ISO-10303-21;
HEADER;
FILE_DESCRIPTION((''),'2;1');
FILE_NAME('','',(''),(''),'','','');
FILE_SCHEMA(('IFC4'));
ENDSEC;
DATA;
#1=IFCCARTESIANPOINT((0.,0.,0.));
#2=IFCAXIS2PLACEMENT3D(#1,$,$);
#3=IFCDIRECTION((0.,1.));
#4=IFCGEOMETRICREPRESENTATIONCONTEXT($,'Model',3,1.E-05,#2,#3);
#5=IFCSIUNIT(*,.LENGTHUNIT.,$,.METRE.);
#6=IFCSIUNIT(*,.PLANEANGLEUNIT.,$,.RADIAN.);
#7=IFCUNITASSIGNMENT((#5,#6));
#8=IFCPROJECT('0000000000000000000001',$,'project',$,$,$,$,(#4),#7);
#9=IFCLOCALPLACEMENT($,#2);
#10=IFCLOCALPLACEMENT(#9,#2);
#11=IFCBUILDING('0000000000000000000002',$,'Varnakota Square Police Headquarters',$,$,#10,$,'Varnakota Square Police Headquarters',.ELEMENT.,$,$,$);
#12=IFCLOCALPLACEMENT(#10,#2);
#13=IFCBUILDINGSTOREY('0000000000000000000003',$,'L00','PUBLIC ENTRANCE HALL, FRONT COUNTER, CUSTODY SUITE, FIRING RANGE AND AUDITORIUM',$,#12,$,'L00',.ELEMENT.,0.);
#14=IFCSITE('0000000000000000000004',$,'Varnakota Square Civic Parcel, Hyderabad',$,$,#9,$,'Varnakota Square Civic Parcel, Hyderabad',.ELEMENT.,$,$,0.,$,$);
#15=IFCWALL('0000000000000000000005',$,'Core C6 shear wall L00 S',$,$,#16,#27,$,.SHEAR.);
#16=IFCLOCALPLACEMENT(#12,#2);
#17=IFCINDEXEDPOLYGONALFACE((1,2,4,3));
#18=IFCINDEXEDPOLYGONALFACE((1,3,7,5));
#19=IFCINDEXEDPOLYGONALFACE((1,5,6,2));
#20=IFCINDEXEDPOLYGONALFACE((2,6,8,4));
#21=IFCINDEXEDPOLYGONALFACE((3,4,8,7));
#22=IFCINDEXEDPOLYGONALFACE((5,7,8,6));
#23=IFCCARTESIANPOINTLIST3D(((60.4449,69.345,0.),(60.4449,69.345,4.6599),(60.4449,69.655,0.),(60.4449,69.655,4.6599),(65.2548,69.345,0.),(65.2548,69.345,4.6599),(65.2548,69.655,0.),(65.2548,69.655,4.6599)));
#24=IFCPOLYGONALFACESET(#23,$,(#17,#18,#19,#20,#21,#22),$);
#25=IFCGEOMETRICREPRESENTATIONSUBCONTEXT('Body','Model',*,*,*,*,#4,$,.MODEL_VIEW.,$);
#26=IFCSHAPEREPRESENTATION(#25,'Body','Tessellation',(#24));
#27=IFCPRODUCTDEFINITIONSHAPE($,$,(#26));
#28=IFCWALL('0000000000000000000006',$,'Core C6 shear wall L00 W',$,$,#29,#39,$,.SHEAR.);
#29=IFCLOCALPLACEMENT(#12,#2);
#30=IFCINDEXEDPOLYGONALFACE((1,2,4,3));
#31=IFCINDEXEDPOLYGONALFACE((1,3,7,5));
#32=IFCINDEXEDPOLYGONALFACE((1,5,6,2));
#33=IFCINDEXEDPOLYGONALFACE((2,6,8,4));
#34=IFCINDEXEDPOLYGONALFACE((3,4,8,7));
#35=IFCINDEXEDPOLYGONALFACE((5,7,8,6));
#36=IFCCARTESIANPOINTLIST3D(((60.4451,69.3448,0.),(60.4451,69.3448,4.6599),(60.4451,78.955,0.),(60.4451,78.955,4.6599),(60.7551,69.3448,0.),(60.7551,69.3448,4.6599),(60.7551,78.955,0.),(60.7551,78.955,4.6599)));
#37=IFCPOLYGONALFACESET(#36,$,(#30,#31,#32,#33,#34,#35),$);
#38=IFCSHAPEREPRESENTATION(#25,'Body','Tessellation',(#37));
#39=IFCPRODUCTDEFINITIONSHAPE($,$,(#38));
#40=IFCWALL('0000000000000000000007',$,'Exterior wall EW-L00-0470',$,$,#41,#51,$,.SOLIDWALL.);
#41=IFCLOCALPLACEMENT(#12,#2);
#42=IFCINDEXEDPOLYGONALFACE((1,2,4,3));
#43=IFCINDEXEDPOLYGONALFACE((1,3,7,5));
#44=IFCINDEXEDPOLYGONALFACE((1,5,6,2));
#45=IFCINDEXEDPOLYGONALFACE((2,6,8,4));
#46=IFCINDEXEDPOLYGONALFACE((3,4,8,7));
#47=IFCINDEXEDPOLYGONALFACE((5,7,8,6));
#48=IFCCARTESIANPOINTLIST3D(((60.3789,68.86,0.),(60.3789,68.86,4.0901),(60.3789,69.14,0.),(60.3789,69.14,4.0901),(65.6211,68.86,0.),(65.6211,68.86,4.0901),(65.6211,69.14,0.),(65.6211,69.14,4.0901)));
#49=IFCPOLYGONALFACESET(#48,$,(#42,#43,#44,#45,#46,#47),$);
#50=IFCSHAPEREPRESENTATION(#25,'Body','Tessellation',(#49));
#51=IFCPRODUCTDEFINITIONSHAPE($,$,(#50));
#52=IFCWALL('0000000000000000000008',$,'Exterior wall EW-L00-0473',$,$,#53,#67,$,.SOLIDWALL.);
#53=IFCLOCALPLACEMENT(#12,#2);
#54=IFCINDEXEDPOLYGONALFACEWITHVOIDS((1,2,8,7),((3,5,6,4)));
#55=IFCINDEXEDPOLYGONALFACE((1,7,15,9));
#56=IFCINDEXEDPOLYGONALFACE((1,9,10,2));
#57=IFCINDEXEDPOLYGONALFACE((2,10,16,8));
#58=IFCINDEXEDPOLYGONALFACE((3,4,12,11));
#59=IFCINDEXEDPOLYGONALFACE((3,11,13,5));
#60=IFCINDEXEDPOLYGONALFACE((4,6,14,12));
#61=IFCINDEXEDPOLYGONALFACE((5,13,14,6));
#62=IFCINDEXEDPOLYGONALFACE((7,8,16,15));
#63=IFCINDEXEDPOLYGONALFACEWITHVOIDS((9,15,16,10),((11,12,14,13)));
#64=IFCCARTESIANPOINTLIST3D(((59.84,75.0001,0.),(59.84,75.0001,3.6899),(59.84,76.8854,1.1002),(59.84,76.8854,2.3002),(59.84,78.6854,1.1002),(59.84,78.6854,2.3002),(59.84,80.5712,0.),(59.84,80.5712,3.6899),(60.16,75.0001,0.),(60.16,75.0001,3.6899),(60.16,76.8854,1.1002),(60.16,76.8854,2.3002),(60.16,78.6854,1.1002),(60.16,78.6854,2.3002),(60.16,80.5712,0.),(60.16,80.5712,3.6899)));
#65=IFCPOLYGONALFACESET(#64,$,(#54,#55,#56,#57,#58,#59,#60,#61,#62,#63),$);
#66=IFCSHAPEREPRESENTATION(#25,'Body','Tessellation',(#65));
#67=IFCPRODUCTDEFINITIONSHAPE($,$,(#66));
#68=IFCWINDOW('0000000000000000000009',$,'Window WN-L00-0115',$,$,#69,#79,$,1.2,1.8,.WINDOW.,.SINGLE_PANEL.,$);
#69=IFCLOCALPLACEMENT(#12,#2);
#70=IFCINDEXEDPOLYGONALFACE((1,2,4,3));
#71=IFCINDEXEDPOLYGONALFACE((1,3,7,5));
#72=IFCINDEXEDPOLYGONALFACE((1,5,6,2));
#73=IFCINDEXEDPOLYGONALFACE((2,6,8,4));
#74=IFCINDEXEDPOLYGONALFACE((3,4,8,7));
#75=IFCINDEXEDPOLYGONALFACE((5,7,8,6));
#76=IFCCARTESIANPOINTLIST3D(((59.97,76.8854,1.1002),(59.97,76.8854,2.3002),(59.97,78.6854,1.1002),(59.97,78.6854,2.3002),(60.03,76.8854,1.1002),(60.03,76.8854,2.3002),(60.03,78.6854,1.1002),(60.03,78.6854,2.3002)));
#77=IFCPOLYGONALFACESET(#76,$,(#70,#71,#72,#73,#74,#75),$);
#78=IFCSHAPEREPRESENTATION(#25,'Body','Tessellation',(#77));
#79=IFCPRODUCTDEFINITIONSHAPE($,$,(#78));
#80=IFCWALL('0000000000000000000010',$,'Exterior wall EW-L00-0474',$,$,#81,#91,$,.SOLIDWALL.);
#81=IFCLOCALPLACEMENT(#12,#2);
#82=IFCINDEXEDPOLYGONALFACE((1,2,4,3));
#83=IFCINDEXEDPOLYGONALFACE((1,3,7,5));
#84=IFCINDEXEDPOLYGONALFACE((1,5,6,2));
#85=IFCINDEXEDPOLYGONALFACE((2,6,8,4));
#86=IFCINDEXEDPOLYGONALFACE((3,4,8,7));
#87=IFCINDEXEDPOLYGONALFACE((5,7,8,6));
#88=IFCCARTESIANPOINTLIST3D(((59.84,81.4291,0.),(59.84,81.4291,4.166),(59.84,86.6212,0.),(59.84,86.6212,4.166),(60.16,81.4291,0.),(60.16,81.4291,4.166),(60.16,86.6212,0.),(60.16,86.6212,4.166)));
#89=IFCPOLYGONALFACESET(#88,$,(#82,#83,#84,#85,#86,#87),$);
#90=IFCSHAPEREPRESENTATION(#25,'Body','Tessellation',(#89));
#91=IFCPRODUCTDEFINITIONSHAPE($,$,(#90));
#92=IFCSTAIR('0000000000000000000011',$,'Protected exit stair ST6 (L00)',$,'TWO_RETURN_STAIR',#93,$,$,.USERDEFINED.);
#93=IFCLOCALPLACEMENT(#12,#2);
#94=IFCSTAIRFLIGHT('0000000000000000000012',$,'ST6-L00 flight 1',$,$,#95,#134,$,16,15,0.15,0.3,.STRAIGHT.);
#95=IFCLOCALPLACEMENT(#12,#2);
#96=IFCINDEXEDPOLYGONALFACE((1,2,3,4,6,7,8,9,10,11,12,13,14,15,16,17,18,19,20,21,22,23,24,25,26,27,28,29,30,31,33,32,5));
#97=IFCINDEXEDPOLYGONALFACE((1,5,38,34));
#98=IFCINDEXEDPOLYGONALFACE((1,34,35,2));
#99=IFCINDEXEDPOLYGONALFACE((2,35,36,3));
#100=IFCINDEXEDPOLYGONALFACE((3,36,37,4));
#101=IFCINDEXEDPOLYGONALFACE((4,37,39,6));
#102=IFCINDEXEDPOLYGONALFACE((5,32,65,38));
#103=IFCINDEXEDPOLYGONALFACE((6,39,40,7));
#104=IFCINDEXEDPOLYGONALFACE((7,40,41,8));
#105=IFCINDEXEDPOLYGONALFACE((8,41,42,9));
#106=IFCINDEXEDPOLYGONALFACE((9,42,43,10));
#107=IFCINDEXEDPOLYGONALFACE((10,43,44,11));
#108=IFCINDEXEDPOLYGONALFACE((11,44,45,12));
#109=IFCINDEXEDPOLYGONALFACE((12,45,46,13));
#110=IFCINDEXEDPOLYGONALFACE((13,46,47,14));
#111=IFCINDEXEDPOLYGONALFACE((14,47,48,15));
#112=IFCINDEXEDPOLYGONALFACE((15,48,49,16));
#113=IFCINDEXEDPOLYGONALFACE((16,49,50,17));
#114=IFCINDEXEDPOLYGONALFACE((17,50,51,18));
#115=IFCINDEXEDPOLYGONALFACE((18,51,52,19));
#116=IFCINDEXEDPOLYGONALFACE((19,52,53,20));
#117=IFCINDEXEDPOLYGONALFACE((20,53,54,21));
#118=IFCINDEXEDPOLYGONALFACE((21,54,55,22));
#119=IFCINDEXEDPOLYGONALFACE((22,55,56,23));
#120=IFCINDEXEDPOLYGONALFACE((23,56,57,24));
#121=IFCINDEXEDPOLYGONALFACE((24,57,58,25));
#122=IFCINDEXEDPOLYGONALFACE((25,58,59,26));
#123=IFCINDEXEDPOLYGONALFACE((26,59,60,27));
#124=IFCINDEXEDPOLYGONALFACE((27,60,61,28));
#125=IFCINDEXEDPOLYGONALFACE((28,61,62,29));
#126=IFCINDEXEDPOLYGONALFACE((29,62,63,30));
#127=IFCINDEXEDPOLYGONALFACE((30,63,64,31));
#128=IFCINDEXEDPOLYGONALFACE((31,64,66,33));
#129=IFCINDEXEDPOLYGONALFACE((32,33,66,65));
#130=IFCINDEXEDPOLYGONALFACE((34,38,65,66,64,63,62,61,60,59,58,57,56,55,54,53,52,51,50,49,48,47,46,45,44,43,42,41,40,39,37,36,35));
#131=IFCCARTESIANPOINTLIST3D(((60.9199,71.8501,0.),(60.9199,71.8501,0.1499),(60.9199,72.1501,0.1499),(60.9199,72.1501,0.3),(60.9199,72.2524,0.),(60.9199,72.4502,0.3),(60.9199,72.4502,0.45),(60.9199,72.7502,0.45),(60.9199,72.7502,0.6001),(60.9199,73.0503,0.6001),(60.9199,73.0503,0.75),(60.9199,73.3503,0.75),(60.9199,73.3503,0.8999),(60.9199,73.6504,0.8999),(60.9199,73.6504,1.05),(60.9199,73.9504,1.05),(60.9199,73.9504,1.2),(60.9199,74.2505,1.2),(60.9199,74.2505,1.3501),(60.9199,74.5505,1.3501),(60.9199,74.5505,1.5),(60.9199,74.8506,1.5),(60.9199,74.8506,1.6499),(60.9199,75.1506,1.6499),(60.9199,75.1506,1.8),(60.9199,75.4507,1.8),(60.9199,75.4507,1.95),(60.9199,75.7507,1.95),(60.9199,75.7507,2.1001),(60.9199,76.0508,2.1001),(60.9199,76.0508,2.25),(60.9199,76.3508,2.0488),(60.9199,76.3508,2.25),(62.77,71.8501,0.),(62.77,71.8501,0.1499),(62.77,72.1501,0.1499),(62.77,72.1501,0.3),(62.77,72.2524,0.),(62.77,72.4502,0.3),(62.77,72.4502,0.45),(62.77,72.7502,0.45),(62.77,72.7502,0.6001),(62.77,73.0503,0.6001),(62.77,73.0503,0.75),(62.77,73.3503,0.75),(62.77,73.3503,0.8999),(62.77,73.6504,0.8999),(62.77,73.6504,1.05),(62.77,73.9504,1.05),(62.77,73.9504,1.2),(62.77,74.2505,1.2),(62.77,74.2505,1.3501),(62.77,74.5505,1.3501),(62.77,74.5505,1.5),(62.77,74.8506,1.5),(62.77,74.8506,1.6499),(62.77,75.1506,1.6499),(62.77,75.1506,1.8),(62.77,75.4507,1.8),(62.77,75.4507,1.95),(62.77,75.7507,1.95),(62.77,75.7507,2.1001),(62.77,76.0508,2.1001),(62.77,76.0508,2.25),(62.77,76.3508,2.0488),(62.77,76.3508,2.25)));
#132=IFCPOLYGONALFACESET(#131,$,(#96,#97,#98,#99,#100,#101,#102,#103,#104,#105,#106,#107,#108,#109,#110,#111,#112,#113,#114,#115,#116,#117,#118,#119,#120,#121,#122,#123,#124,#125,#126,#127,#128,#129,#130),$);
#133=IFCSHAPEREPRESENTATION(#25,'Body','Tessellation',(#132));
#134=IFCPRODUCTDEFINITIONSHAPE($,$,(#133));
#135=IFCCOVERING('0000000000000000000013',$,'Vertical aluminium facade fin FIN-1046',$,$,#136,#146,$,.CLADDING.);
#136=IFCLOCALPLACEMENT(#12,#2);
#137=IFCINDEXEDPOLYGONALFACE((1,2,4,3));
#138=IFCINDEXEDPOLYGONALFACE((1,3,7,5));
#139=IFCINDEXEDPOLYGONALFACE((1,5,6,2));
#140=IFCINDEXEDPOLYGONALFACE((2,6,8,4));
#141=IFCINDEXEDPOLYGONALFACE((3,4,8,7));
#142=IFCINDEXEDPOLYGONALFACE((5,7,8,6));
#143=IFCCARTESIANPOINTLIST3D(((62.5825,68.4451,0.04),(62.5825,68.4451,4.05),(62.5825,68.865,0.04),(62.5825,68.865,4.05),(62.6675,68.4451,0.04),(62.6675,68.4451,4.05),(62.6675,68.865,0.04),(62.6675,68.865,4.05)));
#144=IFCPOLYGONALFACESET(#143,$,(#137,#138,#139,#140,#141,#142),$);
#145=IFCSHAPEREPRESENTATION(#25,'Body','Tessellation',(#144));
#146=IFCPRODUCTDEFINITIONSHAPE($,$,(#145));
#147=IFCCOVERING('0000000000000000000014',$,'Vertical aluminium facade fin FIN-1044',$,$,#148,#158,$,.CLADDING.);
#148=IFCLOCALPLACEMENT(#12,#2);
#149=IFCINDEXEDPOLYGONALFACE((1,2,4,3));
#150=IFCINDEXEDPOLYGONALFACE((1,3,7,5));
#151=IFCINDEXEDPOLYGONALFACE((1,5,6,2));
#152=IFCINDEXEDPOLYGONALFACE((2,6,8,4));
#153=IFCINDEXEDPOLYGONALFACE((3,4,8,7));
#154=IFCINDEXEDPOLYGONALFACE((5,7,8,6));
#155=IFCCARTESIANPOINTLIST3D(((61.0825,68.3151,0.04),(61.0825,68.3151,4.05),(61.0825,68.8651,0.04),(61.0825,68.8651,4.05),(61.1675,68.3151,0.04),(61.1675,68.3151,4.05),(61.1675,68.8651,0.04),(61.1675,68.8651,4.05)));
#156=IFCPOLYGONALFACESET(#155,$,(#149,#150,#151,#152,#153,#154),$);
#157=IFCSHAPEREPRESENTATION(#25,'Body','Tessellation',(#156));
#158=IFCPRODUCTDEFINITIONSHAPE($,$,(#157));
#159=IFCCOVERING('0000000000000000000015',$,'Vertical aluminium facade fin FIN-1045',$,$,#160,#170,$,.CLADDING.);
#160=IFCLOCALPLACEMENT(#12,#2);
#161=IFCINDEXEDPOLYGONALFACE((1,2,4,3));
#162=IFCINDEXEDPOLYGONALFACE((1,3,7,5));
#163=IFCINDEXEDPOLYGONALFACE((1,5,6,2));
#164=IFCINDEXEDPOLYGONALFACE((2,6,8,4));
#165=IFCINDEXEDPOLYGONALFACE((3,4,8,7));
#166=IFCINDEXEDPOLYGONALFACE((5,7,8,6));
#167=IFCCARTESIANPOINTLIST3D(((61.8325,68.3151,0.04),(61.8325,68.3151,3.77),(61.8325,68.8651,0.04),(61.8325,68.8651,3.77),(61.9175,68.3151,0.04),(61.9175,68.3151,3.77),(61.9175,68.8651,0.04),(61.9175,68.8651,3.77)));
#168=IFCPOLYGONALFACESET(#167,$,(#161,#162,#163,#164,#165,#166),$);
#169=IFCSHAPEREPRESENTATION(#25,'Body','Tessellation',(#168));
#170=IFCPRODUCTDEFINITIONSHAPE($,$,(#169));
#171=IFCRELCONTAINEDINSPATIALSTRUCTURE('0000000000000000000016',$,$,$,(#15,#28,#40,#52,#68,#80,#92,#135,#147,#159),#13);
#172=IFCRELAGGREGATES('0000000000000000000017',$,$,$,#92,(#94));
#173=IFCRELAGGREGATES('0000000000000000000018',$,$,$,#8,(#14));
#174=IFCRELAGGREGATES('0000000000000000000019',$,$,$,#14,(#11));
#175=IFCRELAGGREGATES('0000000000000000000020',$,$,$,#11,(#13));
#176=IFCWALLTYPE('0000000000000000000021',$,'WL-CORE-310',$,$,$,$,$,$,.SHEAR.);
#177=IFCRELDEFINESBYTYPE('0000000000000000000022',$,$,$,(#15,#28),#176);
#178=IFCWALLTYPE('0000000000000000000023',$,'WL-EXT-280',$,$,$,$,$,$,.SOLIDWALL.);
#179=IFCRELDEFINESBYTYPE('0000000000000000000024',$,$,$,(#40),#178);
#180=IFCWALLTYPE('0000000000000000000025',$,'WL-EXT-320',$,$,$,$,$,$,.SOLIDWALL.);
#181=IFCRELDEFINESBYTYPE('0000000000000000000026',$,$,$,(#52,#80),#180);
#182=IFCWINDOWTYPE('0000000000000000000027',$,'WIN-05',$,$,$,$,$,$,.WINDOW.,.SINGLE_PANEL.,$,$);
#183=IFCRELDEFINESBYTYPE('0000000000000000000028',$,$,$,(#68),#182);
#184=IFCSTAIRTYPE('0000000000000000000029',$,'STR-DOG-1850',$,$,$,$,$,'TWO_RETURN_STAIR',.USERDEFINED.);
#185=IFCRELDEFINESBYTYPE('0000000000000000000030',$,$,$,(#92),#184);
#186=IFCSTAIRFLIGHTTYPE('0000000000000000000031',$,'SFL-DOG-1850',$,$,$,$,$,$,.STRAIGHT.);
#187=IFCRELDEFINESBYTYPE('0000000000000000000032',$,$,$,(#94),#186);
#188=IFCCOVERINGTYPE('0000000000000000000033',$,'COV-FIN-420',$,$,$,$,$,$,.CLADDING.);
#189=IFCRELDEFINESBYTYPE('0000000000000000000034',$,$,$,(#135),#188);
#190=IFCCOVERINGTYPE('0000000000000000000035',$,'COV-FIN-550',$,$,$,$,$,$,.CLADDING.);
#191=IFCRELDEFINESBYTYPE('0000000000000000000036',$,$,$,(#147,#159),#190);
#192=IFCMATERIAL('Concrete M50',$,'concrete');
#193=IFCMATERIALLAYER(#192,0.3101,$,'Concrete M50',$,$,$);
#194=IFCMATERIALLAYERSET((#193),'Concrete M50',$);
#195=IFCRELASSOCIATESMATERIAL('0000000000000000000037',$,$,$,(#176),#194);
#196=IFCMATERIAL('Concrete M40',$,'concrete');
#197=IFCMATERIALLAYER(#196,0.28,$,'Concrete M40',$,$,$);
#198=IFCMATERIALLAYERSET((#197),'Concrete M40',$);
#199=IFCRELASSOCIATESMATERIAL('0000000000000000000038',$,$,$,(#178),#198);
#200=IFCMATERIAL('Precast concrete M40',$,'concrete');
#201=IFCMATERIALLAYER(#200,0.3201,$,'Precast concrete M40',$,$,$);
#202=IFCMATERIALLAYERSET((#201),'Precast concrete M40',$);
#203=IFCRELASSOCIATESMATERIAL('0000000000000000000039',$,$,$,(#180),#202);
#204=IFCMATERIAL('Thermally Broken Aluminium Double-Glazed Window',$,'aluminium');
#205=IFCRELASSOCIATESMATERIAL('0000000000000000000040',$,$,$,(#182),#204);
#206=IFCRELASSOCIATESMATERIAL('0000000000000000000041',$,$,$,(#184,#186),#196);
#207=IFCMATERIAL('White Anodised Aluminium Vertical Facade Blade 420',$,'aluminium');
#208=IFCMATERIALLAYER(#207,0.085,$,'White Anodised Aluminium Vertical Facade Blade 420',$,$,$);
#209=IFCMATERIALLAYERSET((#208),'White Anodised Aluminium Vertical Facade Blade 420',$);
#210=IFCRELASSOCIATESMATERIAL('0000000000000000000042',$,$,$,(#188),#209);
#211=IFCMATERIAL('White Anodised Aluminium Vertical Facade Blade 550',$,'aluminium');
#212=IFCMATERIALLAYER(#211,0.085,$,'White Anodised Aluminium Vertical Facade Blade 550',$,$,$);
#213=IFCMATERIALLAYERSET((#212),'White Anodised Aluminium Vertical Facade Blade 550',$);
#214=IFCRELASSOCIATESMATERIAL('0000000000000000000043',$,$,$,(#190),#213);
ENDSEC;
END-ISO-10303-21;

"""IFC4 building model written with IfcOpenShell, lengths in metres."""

from ifc_helpers import new_model, si_unit, direction, frame, frame_2d, origin, origin_2d, place, context, subcontext, project, spatial, polyline, rectangle, outline, extrude, material, layer, layer_set, type_object, element, fill, aggregate, save


model = new_model("IFC4")

# Units and contexts
model_context = context("Model", 3, precision=1e-05, world=origin(), true_north=direction((0.0, 1.0)))
body_context = subcontext(model_context, "Body", "Model", "MODEL_VIEW")
ifc_project = project(units=[si_unit("LENGTHUNIT", "METRE"), si_unit("PLANEANGLEUNIT", "RADIAN")], contexts=[model_context])

# Site, building, storey
site_placement = place(None, origin())
site = spatial("IfcSite", under=ifc_project, at=site_placement, Name="Varnakota Square Civic Parcel, Hyderabad", LongName="Varnakota Square Civic Parcel, Hyderabad", CompositionType="ELEMENT", RefElevation=0.0)
building_placement = place(site_placement, origin())
building = spatial("IfcBuilding", under=site, at=building_placement, Name="Varnakota Square Police Headquarters", LongName="Varnakota Square Police Headquarters", CompositionType="ELEMENT")
storey_placement = place(building_placement, origin())
storey = spatial("IfcBuildingStorey", under=building, at=storey_placement, Name="L00", Description="PUBLIC ENTRANCE HALL, FRONT COUNTER, CUSTODY SUITE, FIRING RANGE AND AUDITORIUM", LongName="L00", CompositionType="ELEMENT", Elevation=0.0)

# Shared definitions
ifc_material_1 = material(Name="Concrete M50", Category="concrete")

# Walls
ifc_material_2 = material(Name="Concrete M40", Category="concrete")
ifc_layer_1 = layer(ifc_material_1, 0.3101, Name="Concrete M50")
ifc_layer_set_1 = layer_set([ifc_layer_1], Name="Concrete M50")
wall_type_1 = type_object("IfcWallType", Name="WL-CORE-310", PredefinedType="SHEAR", material=ifc_layer_set_1)
wall_1_placement = place(storey_placement, frame((60.4451, 69.5, 0.0), z_axis=(0.0, 0.0, 1.0), x_axis=(1.0, 0.0, 0.0)))
element("IfcWall", 1, at=wall_1_placement, inside=storey, type_object=wall_type_1, Name="Core C6 shear wall L00 S", PredefinedType="SHEAR", context=body_context, shape_type="SweptSolid", body=[
    extrude(rectangle(XDim=4.8098, YDim=0.3101, at=frame_2d((2.4048, 0.0))), origin(), (0.0, 0.0, 1.0), 4.6599),
])
wall_2_placement = place(storey_placement, frame((60.6001, 78.9551, 0.0), z_axis=(0.0, 0.0, 1.0), x_axis=(0.0, -1.0, 0.0)))
element("IfcWall", 2, at=wall_2_placement, inside=storey, type_object=wall_type_1, Name="Core C6 shear wall L00 W", PredefinedType="SHEAR", context=body_context, shape_type="SweptSolid", body=[
    extrude(rectangle(XDim=9.6101, YDim=0.3101, at=frame_2d((4.8052, 0.0))), origin(), (0.0, 0.0, 1.0), 4.6599),
])
ifc_layer_2 = layer(ifc_material_2, 0.28, Name="Concrete M40")
ifc_layer_set_2 = layer_set([ifc_layer_2], Name="Concrete M40")
wall_type_2 = type_object("IfcWallType", Name="WL-EXT-280", PredefinedType="SOLIDWALL", material=ifc_layer_set_2)
wall_3_placement = place(storey_placement, frame((60.3789, 69.0, 0.0), z_axis=(0.0, 0.0, 1.0), x_axis=(1.0, 0.0, 0.0)))
element("IfcWall", 3, at=wall_3_placement, inside=storey, type_object=wall_type_2, Name="Exterior wall EW-L00-0470", PredefinedType="SOLIDWALL", context=body_context, shape_type="SweptSolid", body=[
    extrude(rectangle(XDim=5.2422, YDim=0.28, at=frame_2d((2.6211, 0.0))), origin(), (0.0, 0.0, 1.0), 4.0901),
])

# Wall, opening, window
ifc_material_3 = material(Name="Precast concrete M40", Category="concrete")
ifc_layer_3 = layer(ifc_material_3, 0.3201, Name="Precast concrete M40")
ifc_layer_set_3 = layer_set([ifc_layer_3], Name="Precast concrete M40")
wall_type_3 = type_object("IfcWallType", Name="WL-EXT-320", PredefinedType="SOLIDWALL", material=ifc_layer_set_3)
wall_4_placement = place(storey_placement, frame((60.0, 75.0, 0.0), z_axis=(0.0, 0.0, 1.0), x_axis=(0.0, 1.0, 0.0)))
wall_4 = element("IfcWall", 4, at=wall_4_placement, inside=storey, type_object=wall_type_3, Name="Exterior wall EW-L00-0473", PredefinedType="SOLIDWALL", context=body_context, shape_type="SweptSolid", body=[
    extrude(rectangle(XDim=5.571, YDim=0.3201, at=frame_2d((2.7856, 0.0))), origin(), (0.0, 0.0, 1.0), 3.6899),
])
opening_placement = place(wall_4_placement, frame((1.8855, 0.0, 1.1001)))
opening = element("IfcOpeningElement", 5, at=opening_placement, cuts=wall_4, PredefinedType="OPENING", context=body_context, shape_type="SweptSolid", body=[
    extrude(rectangle(XDim=1.8, YDim=1.2, at=frame_2d((0.8999, 0.6001))), frame((0.0, 0.1699, 0.0), z_axis=(0.0, -1.0, 0.0), x_axis=(1.0, 0.0, 0.0)), (0.0, 0.0, 1.0), 0.3401),
])
ifc_material_4 = material(Name="Thermally Broken Aluminium Double-Glazed Window", Category="aluminium")
window_type = type_object("IfcWindowType", Name="WIN-05", PartitioningType="SINGLE_PANEL", PredefinedType="WINDOW", material=ifc_material_4)
window_placement = place(opening_placement, origin())
window = element("IfcWindow", 6, at=window_placement, inside=storey, type_object=window_type, Name="Window WN-L00-0115", OverallHeight=1.2, OverallWidth=1.8, PartitioningType="SINGLE_PANEL", PredefinedType="WINDOW", context=body_context, shape_type="SweptSolid", body=[
    extrude(rectangle(XDim=1.8, YDim=1.2, at=frame_2d((0.8999, 0.6001))), frame((0.0, 0.03, 0.0), z_axis=(0.0, -1.0, 0.0), x_axis=(1.0, 0.0, 0.0)), (0.0, 0.0, 1.0), 0.0601),
])
fill(opening, window)

# Wall
wall_5_placement = place(storey_placement, frame((60.0, 81.429, 0.0), z_axis=(0.0, 0.0, 1.0), x_axis=(0.0, 1.0, 0.0)))
element("IfcWall", 7, at=wall_5_placement, inside=storey, type_object=wall_type_3, Name="Exterior wall EW-L00-0474", PredefinedType="SOLIDWALL", context=body_context, shape_type="SweptSolid", body=[
    extrude(rectangle(XDim=5.1921, YDim=0.3201, at=frame_2d((2.5962, 0.0))), origin(), (0.0, 0.0, 1.0), 4.166),
])

# Stair, stair flight
stair_type = type_object("IfcStairType", Name="STR-DOG-1850", ElementType="TWO_RETURN_STAIR", PredefinedType="USERDEFINED", material=ifc_material_2)
stair_placement = place(storey_placement, origin())
stair = element("IfcStair", 8, at=stair_placement, inside=storey, type_object=stair_type, Name="Protected exit stair ST6 (L00)", ObjectType="TWO_RETURN_STAIR", PredefinedType="USERDEFINED")
stair_flight_type = type_object("IfcStairFlightType", Name="SFL-DOG-1850", PredefinedType="STRAIGHT", material=ifc_material_2)
stair_flight_placement = place(storey_placement, frame((61.845, 71.8501, 0.0), z_axis=(0.0, 0.0, 1.0), x_axis=(0.0, 1.0, 0.0)))
stair_flight = element("IfcStairFlight", 9, at=stair_flight_placement, type_object=stair_flight_type, Name="ST6-L00 flight 1", NumberOfRisers=16, NumberOfTreads=15, PredefinedType="STRAIGHT", RiserHeight=0.15, TreadLength=0.3, context=body_context, shape_type="SweptSolid", body=[
    extrude(outline(polyline([(0.0, 0.0), (0.0, 0.1499), (0.3, 0.1499), (0.3, 0.3), (0.6001, 0.3), (0.6001, 0.45), (0.9001, 0.45), (0.9001, 0.6001), (1.2002, 0.6001), (1.2002, 0.75), (1.5002, 0.75), (1.5002, 0.8999), (1.8003, 0.8999), (1.8003, 1.05), (2.1003, 1.05), (2.1003, 1.2), (2.4004, 1.2), (2.4004, 1.3501), (2.7004, 1.3501), (2.7004, 1.5), (3.0005, 1.5), (3.0005, 1.6499), (3.3005, 1.6499), (3.3005, 1.8), (3.6006, 1.8), (3.6006, 1.95), (3.9006, 1.95), (3.9006, 2.1001), (4.2007, 2.1001), (4.2007, 2.25), (4.5007, 2.25), (4.5007, 2.3999), (4.5007, 2.0488), (0.4023, 0.0), (0.0, 0.0)])), frame((0.0, 0.925, 0.0), z_axis=(0.0, -1.0, 0.0), x_axis=(1.0, 0.0, 0.0)), (0.0, 0.0, 1.0), 1.8501),
])
aggregate(stair, [stair_flight])

# Coverings
ifc_material_5 = material(Name="White Anodised Aluminium Vertical Facade Blade 420", Category="aluminium")
ifc_layer_4 = layer(ifc_material_5, 0.085, Name="White Anodised Aluminium Vertical Facade Blade 420")
ifc_layer_set_4 = layer_set([ifc_layer_4], Name="White Anodised Aluminium Vertical Facade Blade 420")
covering_type_1 = type_object("IfcCoveringType", Name="COV-FIN-420", PredefinedType="CLADDING", material=ifc_layer_set_4)
covering_1_placement = place(storey_placement, frame((62.625, 68.655, 0.04), z_axis=(0.0, 0.0, 1.0), x_axis=(1.0, 0.0, 0.0)))
element("IfcCovering", 10, at=covering_1_placement, inside=storey, type_object=covering_type_1, Name="Vertical aluminium facade fin FIN-1046", PredefinedType="CLADDING", context=body_context, shape_type="SweptSolid", body=[
    extrude(rectangle(XDim=0.085, YDim=0.4199, at=origin_2d()), origin(), (0.0, 0.0, 1.0), 4.01),
])
ifc_material_6 = material(Name="White Anodised Aluminium Vertical Facade Blade 550", Category="aluminium")
ifc_layer_5 = layer(ifc_material_6, 0.085, Name="White Anodised Aluminium Vertical Facade Blade 550")
ifc_layer_set_5 = layer_set([ifc_layer_5], Name="White Anodised Aluminium Vertical Facade Blade 550")
covering_type_2 = type_object("IfcCoveringType", Name="COV-FIN-550", PredefinedType="CLADDING", material=ifc_layer_set_5)
covering_2_placement = place(storey_placement, frame((61.125, 68.5901, 0.04), z_axis=(0.0, 0.0, 1.0), x_axis=(1.0, 0.0, 0.0)))
element("IfcCovering", 11, at=covering_2_placement, inside=storey, type_object=covering_type_2, Name="Vertical aluminium facade fin FIN-1044", PredefinedType="CLADDING", context=body_context, shape_type="SweptSolid", body=[
    extrude(rectangle(XDim=0.085, YDim=0.55, at=origin_2d()), origin(), (0.0, 0.0, 1.0), 4.01),
])
covering_3_placement = place(storey_placement, frame((61.875, 68.5901, 0.04), z_axis=(0.0, 0.0, 1.0), x_axis=(1.0, 0.0, 0.0)))
element("IfcCovering", 12, at=covering_3_placement, inside=storey, type_object=covering_type_2, Name="Vertical aluminium facade fin FIN-1045", PredefinedType="CLADDING", context=body_context, shape_type="SweptSolid", body=[
    extrude(rectangle(XDim=0.085, YDim=0.55, at=origin_2d()), origin(), (0.0, 0.0, 1.0), 3.73),
])

save(model, "model.ifc")
